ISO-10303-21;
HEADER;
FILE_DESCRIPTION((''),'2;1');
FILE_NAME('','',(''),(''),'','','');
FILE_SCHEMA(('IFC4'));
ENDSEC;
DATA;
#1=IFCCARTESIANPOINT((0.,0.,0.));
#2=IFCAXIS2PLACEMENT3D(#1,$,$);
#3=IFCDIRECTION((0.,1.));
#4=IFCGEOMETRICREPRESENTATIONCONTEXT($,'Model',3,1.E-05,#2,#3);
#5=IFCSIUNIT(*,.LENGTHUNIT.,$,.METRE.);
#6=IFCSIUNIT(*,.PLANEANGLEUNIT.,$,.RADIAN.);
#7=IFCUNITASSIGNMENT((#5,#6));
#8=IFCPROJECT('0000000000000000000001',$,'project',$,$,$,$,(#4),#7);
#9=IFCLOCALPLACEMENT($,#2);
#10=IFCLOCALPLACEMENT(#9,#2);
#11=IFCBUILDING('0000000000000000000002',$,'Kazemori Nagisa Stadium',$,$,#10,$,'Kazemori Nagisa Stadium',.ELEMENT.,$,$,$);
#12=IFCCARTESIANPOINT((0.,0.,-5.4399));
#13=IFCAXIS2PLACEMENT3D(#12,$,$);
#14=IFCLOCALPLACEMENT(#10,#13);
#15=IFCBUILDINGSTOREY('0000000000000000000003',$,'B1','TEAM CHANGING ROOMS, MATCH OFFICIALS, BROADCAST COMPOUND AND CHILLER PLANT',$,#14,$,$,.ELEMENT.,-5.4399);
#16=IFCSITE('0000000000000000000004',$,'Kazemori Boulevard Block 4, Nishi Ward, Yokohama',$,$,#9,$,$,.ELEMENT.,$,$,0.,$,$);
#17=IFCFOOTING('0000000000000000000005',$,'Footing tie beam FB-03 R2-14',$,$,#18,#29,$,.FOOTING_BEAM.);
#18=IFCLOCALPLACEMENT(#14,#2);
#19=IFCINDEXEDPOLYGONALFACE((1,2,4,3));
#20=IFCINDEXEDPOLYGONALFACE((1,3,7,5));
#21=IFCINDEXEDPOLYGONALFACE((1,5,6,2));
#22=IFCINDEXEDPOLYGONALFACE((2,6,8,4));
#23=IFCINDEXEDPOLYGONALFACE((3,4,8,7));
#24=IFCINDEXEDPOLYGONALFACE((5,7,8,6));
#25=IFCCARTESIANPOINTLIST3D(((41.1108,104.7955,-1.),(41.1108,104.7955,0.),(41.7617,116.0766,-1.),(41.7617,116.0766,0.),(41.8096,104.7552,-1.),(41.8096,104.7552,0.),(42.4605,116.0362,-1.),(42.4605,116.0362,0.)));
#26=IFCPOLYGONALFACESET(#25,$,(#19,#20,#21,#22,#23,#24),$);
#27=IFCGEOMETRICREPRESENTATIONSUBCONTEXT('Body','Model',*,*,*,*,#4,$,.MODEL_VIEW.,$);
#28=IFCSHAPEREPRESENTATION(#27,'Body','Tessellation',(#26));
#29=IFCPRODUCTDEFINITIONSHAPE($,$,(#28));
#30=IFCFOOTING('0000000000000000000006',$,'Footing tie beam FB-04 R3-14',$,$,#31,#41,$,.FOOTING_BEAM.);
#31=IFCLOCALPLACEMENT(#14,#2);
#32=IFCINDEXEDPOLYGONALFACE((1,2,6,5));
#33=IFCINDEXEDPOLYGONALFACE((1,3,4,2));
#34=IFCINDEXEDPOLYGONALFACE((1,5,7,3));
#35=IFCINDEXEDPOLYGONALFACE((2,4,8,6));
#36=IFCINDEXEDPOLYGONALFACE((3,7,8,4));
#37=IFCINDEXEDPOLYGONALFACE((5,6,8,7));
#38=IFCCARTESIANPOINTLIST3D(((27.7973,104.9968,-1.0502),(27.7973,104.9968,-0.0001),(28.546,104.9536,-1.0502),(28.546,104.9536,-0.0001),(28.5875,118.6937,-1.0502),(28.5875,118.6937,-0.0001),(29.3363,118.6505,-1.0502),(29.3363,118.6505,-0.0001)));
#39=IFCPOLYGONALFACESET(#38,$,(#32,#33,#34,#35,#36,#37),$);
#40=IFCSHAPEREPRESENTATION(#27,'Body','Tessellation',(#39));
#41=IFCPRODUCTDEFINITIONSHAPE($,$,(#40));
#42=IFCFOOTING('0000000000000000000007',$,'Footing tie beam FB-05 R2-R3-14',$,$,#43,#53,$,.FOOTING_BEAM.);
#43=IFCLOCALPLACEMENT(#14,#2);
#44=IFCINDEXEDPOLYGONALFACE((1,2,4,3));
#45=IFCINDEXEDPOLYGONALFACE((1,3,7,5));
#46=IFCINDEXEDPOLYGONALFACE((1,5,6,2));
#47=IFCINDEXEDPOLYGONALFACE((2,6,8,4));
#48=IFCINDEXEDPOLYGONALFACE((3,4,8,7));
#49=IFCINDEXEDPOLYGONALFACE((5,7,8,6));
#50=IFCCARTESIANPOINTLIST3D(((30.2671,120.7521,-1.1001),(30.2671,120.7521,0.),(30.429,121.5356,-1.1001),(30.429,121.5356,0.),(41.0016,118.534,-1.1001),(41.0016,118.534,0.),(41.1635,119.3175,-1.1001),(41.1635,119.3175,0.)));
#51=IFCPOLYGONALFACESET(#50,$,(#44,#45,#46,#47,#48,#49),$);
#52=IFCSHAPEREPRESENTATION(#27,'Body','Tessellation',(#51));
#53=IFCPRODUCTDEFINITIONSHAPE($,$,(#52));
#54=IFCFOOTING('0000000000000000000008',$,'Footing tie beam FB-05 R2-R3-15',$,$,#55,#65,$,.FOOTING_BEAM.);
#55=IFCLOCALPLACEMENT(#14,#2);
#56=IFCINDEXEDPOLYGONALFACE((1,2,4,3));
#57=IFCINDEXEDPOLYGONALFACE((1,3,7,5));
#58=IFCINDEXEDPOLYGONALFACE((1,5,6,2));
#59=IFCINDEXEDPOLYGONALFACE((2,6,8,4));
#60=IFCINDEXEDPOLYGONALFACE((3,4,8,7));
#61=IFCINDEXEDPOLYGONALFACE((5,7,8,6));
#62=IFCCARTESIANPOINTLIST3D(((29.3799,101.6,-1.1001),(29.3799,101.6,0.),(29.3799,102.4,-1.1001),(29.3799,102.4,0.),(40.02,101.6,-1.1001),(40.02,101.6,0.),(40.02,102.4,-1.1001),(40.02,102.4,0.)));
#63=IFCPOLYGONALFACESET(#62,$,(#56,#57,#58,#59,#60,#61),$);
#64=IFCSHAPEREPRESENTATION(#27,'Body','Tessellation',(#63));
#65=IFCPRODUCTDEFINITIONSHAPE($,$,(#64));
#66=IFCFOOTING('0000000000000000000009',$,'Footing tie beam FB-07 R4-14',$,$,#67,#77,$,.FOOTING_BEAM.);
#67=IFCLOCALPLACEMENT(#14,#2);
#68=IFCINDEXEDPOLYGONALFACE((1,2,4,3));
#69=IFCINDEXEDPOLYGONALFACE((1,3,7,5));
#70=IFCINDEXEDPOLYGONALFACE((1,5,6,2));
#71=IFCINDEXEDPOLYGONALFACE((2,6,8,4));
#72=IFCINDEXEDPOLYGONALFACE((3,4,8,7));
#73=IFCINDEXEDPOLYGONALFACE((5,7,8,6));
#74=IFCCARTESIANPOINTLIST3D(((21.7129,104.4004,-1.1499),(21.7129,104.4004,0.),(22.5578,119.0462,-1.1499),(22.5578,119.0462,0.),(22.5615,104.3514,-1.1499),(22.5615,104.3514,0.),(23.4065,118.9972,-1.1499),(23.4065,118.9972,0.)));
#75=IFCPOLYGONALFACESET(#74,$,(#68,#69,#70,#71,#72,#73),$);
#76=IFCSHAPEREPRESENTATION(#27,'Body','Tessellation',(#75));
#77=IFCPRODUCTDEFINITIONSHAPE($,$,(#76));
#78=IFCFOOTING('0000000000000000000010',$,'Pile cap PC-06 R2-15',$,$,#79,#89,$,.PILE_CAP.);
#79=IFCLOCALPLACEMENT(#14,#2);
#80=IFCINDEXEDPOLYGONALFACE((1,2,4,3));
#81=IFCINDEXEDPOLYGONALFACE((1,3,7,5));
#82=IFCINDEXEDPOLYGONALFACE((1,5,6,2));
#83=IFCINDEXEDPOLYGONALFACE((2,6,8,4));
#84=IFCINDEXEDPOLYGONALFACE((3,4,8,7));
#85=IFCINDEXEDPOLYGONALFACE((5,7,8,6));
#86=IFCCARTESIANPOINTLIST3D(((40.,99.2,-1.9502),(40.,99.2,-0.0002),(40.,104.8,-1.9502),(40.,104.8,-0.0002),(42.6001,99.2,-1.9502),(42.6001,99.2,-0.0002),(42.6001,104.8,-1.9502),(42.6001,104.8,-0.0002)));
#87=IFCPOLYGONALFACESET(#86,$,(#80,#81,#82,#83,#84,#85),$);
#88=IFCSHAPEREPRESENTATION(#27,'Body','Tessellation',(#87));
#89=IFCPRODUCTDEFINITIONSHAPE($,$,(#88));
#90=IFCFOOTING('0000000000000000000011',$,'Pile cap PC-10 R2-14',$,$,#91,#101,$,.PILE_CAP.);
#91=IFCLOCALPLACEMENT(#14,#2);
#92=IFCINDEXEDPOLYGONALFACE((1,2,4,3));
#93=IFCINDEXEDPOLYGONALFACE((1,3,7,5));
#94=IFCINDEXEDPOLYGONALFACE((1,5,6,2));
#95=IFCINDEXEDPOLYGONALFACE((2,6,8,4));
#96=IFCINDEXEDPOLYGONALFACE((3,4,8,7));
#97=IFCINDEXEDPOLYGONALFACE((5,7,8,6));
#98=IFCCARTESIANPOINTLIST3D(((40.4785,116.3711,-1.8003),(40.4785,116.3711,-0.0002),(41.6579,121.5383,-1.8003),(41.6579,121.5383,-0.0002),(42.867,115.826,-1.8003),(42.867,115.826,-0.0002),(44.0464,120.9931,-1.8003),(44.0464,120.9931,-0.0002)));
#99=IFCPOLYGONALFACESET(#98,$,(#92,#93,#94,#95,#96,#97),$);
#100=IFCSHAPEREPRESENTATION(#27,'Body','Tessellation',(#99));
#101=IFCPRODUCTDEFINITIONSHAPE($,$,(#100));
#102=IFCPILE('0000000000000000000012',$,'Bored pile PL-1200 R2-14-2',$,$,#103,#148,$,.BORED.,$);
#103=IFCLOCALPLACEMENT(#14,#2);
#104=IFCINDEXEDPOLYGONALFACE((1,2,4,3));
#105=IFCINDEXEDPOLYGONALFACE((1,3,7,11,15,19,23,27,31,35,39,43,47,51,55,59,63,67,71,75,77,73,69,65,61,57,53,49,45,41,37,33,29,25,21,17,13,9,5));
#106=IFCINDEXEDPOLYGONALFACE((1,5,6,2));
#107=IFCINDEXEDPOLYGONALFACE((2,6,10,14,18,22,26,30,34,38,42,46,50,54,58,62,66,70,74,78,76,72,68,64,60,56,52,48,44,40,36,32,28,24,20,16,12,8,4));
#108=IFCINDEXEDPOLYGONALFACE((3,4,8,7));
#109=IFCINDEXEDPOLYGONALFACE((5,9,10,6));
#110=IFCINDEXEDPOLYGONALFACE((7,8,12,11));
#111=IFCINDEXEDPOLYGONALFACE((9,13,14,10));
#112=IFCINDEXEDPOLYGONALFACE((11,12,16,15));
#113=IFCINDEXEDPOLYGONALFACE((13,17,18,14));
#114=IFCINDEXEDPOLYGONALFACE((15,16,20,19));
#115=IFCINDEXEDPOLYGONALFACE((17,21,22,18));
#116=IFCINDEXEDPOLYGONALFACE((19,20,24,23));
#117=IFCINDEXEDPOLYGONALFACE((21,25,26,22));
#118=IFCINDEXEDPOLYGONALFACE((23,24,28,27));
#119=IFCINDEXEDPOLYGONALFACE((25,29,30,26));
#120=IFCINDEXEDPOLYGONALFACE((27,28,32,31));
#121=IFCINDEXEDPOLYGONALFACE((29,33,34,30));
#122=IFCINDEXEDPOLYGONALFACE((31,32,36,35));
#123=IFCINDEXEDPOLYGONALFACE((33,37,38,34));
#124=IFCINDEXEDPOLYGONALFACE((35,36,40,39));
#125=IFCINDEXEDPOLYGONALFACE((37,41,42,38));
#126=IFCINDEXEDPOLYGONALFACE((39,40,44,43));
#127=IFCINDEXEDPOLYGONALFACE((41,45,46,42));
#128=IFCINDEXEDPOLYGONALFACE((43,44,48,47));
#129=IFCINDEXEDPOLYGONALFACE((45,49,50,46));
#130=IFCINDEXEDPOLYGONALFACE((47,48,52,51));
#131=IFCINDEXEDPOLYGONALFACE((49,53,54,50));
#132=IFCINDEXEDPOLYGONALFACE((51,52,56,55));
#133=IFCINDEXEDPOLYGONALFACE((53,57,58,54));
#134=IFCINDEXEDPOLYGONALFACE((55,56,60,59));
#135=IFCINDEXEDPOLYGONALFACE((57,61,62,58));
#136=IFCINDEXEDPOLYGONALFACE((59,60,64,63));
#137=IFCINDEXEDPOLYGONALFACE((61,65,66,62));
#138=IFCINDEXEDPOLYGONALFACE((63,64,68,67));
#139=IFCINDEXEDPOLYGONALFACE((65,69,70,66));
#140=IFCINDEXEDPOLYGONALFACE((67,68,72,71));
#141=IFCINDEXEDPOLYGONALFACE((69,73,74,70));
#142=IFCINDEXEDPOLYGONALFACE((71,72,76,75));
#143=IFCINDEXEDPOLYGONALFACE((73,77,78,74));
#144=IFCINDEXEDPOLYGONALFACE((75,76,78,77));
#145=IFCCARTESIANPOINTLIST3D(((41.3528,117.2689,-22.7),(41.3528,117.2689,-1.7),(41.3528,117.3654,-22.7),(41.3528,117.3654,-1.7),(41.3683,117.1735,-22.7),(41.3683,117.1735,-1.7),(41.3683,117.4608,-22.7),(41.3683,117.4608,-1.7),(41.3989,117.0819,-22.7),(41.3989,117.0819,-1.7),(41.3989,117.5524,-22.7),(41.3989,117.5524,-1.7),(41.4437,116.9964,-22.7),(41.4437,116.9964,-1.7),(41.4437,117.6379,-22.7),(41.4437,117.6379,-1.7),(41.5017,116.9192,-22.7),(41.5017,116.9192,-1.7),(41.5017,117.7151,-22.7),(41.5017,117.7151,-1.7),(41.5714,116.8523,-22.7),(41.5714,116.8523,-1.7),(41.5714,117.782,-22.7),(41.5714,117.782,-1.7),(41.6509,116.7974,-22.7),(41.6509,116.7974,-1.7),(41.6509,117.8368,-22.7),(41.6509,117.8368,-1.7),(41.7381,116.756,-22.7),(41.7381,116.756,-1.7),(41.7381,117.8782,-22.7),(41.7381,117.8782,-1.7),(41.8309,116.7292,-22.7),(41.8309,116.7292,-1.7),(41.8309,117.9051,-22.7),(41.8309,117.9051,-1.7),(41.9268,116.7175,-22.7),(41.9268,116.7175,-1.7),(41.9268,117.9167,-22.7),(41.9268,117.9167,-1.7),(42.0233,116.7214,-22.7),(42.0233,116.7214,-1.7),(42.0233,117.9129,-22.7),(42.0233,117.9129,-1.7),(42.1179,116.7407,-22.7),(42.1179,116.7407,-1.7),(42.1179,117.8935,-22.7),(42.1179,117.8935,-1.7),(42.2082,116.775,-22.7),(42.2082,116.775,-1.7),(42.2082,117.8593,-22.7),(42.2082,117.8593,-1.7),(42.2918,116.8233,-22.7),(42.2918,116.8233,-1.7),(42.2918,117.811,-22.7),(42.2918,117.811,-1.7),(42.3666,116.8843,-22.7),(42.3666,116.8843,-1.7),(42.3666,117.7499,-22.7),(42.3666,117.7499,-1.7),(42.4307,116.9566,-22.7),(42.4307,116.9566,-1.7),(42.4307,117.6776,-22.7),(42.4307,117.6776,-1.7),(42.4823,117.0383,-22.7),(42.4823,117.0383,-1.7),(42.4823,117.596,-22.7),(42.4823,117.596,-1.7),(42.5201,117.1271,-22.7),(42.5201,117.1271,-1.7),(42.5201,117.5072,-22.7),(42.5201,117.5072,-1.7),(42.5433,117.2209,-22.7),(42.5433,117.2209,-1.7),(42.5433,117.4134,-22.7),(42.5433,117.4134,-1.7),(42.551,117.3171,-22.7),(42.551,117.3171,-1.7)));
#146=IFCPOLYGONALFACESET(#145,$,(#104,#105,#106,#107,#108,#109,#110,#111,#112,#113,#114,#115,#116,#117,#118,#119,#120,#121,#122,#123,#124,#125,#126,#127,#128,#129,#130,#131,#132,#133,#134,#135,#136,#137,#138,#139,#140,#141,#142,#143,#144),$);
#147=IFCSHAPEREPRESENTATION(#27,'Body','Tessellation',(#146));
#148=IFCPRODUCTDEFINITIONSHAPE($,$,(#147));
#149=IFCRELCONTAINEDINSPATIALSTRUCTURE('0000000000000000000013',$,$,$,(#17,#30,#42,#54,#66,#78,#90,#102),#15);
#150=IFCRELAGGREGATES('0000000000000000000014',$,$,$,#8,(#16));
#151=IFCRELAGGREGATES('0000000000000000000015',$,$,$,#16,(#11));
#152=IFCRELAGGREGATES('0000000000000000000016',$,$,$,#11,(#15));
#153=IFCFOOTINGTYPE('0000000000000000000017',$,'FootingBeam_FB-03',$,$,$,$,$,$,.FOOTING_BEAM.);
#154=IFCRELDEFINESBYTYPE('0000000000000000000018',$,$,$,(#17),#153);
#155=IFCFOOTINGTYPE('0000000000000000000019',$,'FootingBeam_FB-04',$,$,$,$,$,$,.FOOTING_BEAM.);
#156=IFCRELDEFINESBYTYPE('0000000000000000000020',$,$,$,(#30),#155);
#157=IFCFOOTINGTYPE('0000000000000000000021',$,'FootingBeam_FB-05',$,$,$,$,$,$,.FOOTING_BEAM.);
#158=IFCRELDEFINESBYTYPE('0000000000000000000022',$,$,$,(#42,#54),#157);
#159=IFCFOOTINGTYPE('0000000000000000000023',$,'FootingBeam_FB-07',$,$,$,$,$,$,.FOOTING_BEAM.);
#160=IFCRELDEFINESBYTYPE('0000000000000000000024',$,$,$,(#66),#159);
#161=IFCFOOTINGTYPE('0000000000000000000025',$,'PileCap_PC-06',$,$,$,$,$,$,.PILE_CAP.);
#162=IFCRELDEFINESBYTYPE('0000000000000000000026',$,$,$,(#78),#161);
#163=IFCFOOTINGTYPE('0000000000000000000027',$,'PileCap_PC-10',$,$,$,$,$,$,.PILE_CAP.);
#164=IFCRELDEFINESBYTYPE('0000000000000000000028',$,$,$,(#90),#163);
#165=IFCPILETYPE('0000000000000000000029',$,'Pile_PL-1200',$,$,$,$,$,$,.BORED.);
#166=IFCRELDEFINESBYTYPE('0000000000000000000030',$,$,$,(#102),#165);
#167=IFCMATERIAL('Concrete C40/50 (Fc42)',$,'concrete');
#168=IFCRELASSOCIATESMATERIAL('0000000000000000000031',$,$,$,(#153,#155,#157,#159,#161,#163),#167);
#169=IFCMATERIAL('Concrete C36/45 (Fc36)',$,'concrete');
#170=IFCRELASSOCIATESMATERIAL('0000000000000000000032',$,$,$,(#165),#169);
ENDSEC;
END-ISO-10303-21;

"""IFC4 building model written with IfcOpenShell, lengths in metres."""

from ifc_helpers import new_model, si_unit, direction, frame, origin, origin_2d, place, context, subcontext, project, spatial, rectangle, circle, extrude, material, material_profile, profile_set, type_object, element, save


model = new_model("IFC4")

# Units and contexts
model_context = context("Model", 3, precision=1e-05, world=origin(), true_north=direction((0.0, 1.0)))
body_context = subcontext(model_context, "Body", "Model", "MODEL_VIEW")
ifc_project = project(units=[si_unit("LENGTHUNIT", "METRE"), si_unit("PLANEANGLEUNIT", "RADIAN")], contexts=[model_context])

# Site, building, storey
site_placement = place(None, origin())
site = spatial("IfcSite", under=ifc_project, at=site_placement, Name="Kazemori Boulevard Block 4, Nishi Ward, Yokohama", CompositionType="ELEMENT", RefElevation=0.0)
building_placement = place(site_placement, origin())
building = spatial("IfcBuilding", under=site, at=building_placement, Name="Kazemori Nagisa Stadium", LongName="Kazemori Nagisa Stadium", CompositionType="ELEMENT")
storey_placement = place(building_placement, frame((0.0, 0.0, -5.4399)))
storey = spatial("IfcBuildingStorey", under=building, at=storey_placement, Name="B1", Description="TEAM CHANGING ROOMS, MATCH OFFICIALS, BROADCAST COMPOUND AND CHILLER PLANT", CompositionType="ELEMENT", Elevation=-5.4399)

# Footings
ifc_material_1 = material(Name="Concrete C40/50 (Fc42)", Category="concrete")
ifc_material_profile_1 = material_profile(ifc_material_1, rectangle(XDim=0.7, YDim=1.0, at=origin_2d()), Name="RC-FB-700x1000")
ifc_profile_set_1 = profile_set([ifc_material_profile_1], Name="Concrete C40/50 (Fc42)")
footing_type_1 = type_object("IfcFootingType", Name="FootingBeam_FB-03", PredefinedType="FOOTING_BEAM", material=ifc_profile_set_1)
footing_1_placement = place(storey_placement, frame((42.1111, 116.0564, -0.5), z_axis=(-0.057601, -0.99834, 0.0), x_axis=(0.99834, -0.057601, 0.0)))
element("IfcFooting", 1, at=footing_1_placement, inside=storey, type_object=footing_type_1, Name="Footing tie beam FB-03 R2-14", PredefinedType="FOOTING_BEAM", context=body_context, shape_type="SweptSolid", body=[
    extrude(rectangle(XDim=0.7, YDim=1.0, at=origin_2d()), origin(), (0.0, 0.0, 1.0), 11.2998),
])
ifc_material_profile_2 = material_profile(ifc_material_1, rectangle(XDim=0.75, YDim=1.05, at=origin_2d()), Name="RC-FB-750x1050")
ifc_profile_set_2 = profile_set([ifc_material_profile_2], Name="Concrete C40/50 (Fc42)")
footing_type_2 = type_object("IfcFootingType", Name="FootingBeam_FB-04", PredefinedType="FOOTING_BEAM", material=ifc_profile_set_2)
footing_2_placement = place(storey_placement, frame((28.9619, 118.6721, -0.5251), z_axis=(-0.057602, -0.99834, 0.0), x_axis=(0.99834, -0.057602, 0.0)))
element("IfcFooting", 2, at=footing_2_placement, inside=storey, type_object=footing_type_2, Name="Footing tie beam FB-04 R3-14", PredefinedType="FOOTING_BEAM", context=body_context, shape_type="SweptSolid", body=[
    extrude(rectangle(XDim=0.75, YDim=1.05, at=origin_2d()), origin(), (0.0, 0.0, 1.0), 13.7197),
])
ifc_material_profile_3 = material_profile(ifc_material_1, rectangle(XDim=0.8, YDim=1.1001, at=origin_2d()), Name="RC-FB-800x1100")
ifc_profile_set_3 = profile_set([ifc_material_profile_3], Name="Concrete C40/50 (Fc42)")
footing_type_3 = type_object("IfcFootingType", Name="FootingBeam_FB-05", PredefinedType="FOOTING_BEAM", material=ifc_profile_set_3)
footing_3_placement = place(storey_placement, frame((41.0825, 118.9258, -0.55), z_axis=(-0.979313, 0.202353, 0.0), x_axis=(-0.202353, -0.979313, 0.0)))
element("IfcFooting", 3, at=footing_3_placement, inside=storey, type_object=footing_type_3, Name="Footing tie beam FB-05 R2-R3-14", PredefinedType="FOOTING_BEAM", context=body_context, shape_type="SweptSolid", body=[
    extrude(rectangle(XDim=0.8, YDim=1.1001, at=origin_2d()), origin(), (0.0, 0.0, 1.0), 10.9612),
])
footing_4_placement = place(storey_placement, frame((40.02, 102.0, -0.55), z_axis=(-1.0, 0.0, 0.0), x_axis=(0.0, -1.0, 0.0)))
element("IfcFooting", 4, at=footing_4_placement, inside=storey, type_object=footing_type_3, Name="Footing tie beam FB-05 R2-R3-15", PredefinedType="FOOTING_BEAM", context=body_context, shape_type="SweptSolid", body=[
    extrude(rectangle(XDim=0.8, YDim=1.1001, at=origin_2d()), origin(), (0.0, 0.0, 1.0), 10.6401),
])
ifc_material_profile_4 = material_profile(ifc_material_1, rectangle(XDim=0.8501, YDim=1.1499, at=origin_2d()), Name="RC-FB-850x1150")
ifc_profile_set_4 = profile_set([ifc_material_profile_4], Name="Concrete C40/50 (Fc42)")
footing_type_4 = type_object("IfcFootingType", Name="FootingBeam_FB-07", PredefinedType="FOOTING_BEAM", material=ifc_profile_set_4)
footing_5_placement = place(storey_placement, frame((22.9822, 119.0217, -0.575), z_axis=(-0.057598, -0.99834, 0.0), x_axis=(0.99834, -0.057598, 0.0)))
element("IfcFooting", 5, at=footing_5_placement, inside=storey, type_object=footing_type_4, Name="Footing tie beam FB-07 R4-14", PredefinedType="FOOTING_BEAM", context=body_context, shape_type="SweptSolid", body=[
    extrude(rectangle(XDim=0.8501, YDim=1.1499, at=origin_2d()), origin(), (0.0, 0.0, 1.0), 14.6702),
])
footing_type_5 = type_object("IfcFootingType", Name="PileCap_PC-06", PredefinedType="PILE_CAP", material=ifc_material_1)
footing_6_placement = place(storey_placement, frame((41.3, 102.0, -1.9502), z_axis=(0.0, 0.0, 1.0), x_axis=(0.0, -1.0, 0.0)))
element("IfcFooting", 6, at=footing_6_placement, inside=storey, type_object=footing_type_5, Name="Pile cap PC-06 R2-15", PredefinedType="PILE_CAP", context=body_context, shape_type="SweptSolid", body=[
    extrude(rectangle(XDim=5.6001, YDim=2.6001, at=origin_2d()), origin(), (0.0, 0.0, 1.0), 1.95),
])
footing_type_6 = type_object("IfcFootingType", Name="PileCap_PC-10", PredefinedType="PILE_CAP", material=ifc_material_1)
footing_7_placement = place(storey_placement, frame((42.2625, 118.6821, -1.8003), z_axis=(0.0, 0.0, 1.0), x_axis=(-0.222521, -0.974928, 0.0)))
element("IfcFooting", 7, at=footing_7_placement, inside=storey, type_object=footing_type_6, Name="Pile cap PC-10 R2-14", PredefinedType="PILE_CAP", context=body_context, shape_type="SweptSolid", body=[
    extrude(rectangle(XDim=5.3, YDim=2.45, at=origin_2d()), origin(), (0.0, 0.0, 1.0), 1.8),
])

# Pile
ifc_material_2 = material(Name="Concrete C36/45 (Fc36)", Category="concrete")
ifc_material_profile_5 = material_profile(ifc_material_2, circle(Radius=0.6001, at=origin_2d()), Name="PILE-D1200")
ifc_profile_set_5 = profile_set([ifc_material_profile_5], Name="Concrete C36/45 (Fc36)")
pile_type_1 = type_object("IfcPileType", Name="Pile_PL-1200", PredefinedType="BORED", material=ifc_profile_set_5)
for number, where, z_axis, x_axis, name in (
    (8, (41.9509, 117.3171, -1.7), (0.0, 0.0, -1.0), (1.0, 0.0, 0.0), "Bored pile PL-1200 R2-14-2"),
):
    element("IfcPile", number, at=place(storey_placement, frame(where, z_axis=z_axis, x_axis=x_axis)), inside=storey, type_object=pile_type_1, Name=name, PredefinedType="BORED", context=body_context, shape_type="SweptSolid", body=[
        extrude(circle(Radius=0.6001, at=origin_2d()), origin(), (0.0, 0.0, 1.0), 21.0),
    ])

save(model, "model.ifc")
